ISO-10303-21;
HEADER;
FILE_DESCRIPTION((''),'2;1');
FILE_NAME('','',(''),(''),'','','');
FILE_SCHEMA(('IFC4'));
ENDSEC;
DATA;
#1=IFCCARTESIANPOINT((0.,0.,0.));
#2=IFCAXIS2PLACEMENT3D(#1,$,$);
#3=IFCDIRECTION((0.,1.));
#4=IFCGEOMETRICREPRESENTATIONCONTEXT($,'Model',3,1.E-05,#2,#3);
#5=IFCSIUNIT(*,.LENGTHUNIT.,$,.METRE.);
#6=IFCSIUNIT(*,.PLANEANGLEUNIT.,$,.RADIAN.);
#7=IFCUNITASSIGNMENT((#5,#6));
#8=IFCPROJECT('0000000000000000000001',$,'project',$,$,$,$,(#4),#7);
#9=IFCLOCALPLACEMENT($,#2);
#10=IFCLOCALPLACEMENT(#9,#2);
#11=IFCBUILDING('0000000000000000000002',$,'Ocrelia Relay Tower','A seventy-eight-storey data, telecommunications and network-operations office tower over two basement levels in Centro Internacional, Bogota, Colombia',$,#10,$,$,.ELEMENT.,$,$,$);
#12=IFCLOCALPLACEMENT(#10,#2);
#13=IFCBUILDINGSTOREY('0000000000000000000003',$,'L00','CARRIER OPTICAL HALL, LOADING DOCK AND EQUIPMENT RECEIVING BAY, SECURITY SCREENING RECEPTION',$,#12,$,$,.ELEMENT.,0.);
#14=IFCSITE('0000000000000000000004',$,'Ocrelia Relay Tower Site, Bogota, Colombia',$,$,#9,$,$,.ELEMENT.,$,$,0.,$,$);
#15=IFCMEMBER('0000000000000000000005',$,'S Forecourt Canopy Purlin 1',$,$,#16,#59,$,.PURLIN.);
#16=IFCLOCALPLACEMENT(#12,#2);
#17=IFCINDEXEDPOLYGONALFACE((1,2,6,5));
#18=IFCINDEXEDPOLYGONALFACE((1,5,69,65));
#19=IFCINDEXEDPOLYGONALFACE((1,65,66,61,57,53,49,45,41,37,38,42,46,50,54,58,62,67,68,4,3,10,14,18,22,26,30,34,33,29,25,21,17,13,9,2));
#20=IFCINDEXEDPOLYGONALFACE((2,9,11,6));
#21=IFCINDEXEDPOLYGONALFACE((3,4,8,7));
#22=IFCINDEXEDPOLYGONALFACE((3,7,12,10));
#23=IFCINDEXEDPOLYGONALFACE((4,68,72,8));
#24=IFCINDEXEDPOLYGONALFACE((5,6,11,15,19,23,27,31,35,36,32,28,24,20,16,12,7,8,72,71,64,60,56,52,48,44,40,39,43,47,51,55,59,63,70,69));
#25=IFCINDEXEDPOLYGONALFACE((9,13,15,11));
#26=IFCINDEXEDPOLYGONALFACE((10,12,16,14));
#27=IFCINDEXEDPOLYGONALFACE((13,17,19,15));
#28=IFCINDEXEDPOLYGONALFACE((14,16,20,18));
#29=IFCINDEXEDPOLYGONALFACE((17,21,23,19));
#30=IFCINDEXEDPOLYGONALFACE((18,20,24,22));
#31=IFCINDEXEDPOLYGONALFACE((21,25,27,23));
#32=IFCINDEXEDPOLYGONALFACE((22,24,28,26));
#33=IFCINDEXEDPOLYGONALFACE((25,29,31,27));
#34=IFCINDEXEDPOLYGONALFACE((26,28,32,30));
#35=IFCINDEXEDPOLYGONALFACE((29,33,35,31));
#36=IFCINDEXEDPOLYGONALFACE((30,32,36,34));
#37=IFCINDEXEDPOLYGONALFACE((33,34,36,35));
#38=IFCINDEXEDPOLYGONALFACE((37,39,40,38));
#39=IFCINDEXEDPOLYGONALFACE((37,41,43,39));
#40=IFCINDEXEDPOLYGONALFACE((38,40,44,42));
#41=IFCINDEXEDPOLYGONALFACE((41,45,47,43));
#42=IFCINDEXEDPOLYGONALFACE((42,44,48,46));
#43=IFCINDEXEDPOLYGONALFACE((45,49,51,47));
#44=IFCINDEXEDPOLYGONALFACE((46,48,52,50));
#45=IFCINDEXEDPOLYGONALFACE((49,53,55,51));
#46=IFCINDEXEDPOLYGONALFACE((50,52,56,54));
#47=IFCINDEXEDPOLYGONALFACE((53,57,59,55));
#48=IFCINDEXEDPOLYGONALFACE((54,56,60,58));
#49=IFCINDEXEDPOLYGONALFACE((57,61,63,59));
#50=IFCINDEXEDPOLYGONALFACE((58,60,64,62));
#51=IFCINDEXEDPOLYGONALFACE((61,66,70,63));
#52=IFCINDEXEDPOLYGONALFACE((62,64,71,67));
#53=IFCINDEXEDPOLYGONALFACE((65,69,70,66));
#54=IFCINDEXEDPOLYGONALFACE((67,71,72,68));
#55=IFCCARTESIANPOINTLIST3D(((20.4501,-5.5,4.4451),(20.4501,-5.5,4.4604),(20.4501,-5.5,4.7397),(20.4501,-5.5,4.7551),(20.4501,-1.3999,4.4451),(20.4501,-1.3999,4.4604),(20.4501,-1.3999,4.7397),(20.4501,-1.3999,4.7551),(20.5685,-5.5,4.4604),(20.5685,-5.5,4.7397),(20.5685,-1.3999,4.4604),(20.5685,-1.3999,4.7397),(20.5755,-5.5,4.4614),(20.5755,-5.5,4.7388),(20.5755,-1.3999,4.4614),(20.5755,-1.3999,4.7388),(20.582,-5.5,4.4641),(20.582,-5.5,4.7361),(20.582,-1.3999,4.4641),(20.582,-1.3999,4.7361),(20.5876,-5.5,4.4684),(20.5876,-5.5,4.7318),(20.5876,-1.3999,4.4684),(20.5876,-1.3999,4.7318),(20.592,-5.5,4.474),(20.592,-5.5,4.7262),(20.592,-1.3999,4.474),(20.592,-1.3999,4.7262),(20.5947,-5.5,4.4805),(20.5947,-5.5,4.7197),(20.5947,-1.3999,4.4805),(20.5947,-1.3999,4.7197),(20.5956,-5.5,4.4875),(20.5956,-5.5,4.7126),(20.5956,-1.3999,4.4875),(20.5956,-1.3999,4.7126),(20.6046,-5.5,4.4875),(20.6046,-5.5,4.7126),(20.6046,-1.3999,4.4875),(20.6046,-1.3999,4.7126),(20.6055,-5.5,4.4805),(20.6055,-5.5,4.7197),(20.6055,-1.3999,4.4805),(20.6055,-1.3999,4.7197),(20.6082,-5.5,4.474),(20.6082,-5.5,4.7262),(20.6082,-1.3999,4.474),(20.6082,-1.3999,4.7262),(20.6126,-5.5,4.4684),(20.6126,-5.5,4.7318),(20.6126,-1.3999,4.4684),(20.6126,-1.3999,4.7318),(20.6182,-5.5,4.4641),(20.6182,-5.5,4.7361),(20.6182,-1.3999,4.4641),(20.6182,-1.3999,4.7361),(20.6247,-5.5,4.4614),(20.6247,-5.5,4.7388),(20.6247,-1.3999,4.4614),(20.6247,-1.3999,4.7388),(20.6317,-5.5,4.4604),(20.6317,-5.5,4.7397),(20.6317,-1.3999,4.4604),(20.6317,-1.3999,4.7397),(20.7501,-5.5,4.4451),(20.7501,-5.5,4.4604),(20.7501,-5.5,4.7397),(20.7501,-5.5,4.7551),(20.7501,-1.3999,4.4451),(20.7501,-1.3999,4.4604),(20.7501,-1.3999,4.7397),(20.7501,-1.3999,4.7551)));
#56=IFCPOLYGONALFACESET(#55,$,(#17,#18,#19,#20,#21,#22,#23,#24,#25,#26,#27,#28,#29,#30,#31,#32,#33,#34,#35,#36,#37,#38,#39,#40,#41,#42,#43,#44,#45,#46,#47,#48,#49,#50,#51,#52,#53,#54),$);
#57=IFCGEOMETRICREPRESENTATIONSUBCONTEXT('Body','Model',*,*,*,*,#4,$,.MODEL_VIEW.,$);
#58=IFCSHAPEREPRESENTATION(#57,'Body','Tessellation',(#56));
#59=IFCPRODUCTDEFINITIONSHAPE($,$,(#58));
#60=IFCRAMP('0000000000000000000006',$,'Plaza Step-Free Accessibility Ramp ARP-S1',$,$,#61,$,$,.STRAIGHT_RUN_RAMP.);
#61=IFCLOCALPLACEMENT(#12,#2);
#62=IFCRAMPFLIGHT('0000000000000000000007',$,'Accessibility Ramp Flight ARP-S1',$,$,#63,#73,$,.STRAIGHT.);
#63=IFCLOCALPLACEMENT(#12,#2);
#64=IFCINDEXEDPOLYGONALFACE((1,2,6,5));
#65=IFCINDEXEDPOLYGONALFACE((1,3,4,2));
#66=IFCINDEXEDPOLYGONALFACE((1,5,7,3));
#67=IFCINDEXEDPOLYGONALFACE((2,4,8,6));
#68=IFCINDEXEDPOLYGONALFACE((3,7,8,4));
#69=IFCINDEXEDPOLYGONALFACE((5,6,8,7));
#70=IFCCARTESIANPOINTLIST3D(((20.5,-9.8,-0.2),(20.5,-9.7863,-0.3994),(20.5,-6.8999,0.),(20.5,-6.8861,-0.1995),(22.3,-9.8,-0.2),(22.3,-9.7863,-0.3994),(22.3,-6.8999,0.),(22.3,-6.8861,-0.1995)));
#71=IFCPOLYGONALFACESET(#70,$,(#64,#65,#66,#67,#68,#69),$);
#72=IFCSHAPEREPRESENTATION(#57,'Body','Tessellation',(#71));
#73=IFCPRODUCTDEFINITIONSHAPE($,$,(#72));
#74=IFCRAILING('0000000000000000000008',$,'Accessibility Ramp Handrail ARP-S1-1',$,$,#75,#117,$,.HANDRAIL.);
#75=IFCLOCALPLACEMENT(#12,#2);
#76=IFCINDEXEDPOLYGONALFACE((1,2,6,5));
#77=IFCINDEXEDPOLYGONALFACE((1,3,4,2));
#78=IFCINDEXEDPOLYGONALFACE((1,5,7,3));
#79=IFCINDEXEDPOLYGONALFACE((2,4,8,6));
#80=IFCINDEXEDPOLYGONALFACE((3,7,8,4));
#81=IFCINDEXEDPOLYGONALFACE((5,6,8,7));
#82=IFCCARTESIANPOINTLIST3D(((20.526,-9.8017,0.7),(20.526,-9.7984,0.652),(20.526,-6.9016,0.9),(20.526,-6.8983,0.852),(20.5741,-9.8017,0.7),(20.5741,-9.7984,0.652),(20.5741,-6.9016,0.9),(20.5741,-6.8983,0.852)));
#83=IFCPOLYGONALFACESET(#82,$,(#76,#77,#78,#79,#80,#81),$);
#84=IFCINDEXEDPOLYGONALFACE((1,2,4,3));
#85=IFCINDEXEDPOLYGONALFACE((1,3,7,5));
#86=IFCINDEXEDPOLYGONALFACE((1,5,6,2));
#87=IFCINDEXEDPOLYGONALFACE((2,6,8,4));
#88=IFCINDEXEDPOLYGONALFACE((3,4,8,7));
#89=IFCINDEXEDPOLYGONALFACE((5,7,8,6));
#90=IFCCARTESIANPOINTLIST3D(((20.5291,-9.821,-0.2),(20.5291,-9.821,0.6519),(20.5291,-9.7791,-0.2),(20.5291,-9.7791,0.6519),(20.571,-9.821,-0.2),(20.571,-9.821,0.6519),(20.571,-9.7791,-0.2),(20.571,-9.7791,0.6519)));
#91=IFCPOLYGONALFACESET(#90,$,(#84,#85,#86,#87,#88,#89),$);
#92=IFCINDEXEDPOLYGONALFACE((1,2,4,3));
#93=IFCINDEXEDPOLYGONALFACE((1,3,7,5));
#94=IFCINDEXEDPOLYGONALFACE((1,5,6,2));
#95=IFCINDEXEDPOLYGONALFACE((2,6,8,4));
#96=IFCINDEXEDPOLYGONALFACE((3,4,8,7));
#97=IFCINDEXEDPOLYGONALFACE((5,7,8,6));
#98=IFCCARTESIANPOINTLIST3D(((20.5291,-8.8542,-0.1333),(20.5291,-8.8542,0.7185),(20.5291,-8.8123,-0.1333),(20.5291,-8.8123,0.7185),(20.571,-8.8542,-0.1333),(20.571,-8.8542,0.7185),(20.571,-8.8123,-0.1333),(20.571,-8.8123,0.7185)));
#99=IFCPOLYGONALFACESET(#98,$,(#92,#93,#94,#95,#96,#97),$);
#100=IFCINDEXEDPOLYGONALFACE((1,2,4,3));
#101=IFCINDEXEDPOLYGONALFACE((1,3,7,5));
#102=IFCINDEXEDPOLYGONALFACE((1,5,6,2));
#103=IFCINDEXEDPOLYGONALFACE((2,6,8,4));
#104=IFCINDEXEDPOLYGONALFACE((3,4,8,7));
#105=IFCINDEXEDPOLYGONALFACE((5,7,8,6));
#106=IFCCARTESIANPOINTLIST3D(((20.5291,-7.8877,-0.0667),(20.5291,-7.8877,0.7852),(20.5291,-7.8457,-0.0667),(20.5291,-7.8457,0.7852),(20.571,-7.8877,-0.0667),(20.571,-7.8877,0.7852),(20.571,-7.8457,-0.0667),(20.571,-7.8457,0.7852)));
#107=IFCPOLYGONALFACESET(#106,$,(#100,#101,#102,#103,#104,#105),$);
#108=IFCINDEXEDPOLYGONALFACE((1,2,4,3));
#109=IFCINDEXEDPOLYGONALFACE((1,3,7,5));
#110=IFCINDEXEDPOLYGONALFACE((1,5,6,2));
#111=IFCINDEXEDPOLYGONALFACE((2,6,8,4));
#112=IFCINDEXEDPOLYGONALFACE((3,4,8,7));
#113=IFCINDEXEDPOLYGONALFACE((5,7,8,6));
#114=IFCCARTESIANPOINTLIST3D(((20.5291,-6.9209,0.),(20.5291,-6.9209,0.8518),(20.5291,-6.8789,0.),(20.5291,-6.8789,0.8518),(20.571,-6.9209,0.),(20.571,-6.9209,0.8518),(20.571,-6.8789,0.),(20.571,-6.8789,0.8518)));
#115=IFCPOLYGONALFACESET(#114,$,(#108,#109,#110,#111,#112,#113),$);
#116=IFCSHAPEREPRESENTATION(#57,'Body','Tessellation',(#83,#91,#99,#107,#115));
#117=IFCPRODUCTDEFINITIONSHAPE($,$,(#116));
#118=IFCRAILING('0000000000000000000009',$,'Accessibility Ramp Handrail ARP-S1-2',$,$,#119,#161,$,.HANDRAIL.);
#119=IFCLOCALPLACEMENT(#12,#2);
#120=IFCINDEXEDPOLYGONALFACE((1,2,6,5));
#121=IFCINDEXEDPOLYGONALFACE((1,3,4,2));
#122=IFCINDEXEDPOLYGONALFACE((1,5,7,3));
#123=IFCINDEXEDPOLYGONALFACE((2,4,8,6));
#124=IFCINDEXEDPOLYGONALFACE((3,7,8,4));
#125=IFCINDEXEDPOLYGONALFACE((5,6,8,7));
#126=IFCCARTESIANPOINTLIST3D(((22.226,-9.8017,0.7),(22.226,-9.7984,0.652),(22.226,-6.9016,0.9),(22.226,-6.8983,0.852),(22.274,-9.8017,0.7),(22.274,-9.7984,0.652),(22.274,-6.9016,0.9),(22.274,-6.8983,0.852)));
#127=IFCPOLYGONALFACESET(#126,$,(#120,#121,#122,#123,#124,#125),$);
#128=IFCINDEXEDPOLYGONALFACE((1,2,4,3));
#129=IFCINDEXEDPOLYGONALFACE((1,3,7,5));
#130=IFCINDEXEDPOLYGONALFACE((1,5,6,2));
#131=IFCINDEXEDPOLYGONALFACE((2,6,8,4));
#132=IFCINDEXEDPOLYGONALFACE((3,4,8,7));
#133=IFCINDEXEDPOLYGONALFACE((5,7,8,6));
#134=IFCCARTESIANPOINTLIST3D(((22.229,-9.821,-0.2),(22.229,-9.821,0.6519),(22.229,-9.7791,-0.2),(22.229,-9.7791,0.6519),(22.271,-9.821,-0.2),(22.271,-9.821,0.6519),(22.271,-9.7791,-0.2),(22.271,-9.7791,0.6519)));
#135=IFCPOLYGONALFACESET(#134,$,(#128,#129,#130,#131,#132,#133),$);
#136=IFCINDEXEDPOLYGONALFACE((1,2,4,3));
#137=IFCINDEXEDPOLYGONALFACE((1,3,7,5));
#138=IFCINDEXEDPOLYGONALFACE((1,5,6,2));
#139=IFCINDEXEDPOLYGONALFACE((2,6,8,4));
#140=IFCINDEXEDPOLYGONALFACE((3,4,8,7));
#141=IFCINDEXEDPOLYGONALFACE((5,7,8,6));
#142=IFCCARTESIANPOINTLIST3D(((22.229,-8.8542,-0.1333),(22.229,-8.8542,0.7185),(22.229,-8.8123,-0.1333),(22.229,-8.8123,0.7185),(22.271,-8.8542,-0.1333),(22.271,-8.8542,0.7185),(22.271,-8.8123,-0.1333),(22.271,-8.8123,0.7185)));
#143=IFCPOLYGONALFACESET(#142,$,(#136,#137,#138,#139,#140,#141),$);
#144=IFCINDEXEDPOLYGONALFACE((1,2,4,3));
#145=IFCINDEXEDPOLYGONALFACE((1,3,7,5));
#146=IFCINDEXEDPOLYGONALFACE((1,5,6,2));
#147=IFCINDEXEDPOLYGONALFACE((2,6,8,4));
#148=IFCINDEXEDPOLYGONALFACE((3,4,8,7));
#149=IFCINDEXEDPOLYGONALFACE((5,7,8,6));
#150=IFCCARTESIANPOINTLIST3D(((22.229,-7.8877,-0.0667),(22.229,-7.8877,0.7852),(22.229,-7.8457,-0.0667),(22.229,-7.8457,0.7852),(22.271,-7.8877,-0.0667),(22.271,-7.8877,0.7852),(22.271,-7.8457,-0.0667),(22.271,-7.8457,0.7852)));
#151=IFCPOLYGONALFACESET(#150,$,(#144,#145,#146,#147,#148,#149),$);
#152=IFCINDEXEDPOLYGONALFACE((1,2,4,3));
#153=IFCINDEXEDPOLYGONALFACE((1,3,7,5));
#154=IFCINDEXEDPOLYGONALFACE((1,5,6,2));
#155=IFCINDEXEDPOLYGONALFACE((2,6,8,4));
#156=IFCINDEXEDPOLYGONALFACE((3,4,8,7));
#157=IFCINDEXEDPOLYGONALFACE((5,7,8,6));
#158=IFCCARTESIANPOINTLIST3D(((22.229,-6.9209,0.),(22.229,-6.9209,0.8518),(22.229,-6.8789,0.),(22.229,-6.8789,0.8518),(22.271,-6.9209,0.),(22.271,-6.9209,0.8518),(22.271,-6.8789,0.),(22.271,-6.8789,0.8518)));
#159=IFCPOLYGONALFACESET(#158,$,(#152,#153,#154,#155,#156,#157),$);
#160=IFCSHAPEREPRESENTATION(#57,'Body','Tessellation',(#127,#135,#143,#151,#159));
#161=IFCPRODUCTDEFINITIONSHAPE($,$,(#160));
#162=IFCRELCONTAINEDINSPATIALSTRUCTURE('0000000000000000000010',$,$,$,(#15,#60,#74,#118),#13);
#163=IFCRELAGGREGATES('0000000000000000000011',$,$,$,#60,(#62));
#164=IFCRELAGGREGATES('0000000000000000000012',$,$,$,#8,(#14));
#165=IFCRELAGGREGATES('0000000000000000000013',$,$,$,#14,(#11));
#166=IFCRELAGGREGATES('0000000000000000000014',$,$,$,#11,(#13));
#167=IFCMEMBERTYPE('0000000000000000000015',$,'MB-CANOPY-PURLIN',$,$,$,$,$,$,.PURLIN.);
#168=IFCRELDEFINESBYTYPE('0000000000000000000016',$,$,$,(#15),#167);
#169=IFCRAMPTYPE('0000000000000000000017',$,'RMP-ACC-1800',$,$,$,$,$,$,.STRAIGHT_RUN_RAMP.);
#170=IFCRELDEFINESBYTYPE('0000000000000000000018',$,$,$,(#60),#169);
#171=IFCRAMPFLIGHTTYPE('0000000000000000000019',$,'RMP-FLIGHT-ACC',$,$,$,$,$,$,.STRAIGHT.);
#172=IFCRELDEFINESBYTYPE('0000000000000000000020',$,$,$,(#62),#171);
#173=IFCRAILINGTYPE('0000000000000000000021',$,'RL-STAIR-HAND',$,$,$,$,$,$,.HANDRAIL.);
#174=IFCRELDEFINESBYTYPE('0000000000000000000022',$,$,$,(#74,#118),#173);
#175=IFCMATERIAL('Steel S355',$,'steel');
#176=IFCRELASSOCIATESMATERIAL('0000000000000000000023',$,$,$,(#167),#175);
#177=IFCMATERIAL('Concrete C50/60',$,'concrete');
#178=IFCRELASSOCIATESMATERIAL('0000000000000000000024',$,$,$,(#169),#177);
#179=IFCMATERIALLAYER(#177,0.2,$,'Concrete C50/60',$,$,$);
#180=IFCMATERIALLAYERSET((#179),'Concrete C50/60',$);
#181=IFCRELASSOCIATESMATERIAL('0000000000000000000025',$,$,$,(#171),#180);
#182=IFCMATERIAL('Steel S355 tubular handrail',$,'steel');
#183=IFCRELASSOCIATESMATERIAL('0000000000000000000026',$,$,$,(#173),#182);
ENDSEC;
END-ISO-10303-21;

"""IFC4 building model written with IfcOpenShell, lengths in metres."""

from ifc_helpers import new_model, si_unit, direction, frame, origin, origin_2d, place, context, subcontext, project, spatial, polyline, rectangle, i_section, outline, extrude, material, layer, layer_set, material_profile, profile_set, type_object, element, aggregate, save


model = new_model("IFC4")

# Units and contexts
model_context = context("Model", 3, precision=1e-05, world=origin(), true_north=direction((0.0, 1.0)))
body_context = subcontext(model_context, "Body", "Model", "MODEL_VIEW")
ifc_project = project(units=[si_unit("LENGTHUNIT", "METRE"), si_unit("PLANEANGLEUNIT", "RADIAN")], contexts=[model_context])

# Site, building, storey
site_placement = place(None, origin())
site = spatial("IfcSite", under=ifc_project, at=site_placement, Name="Ocrelia Relay Tower Site, Bogota, Colombia", CompositionType="ELEMENT", RefElevation=0.0)
building_placement = place(site_placement, origin())
building = spatial("IfcBuilding", under=site, at=building_placement, Name="Ocrelia Relay Tower", Description="A seventy-eight-storey data, telecommunications and network-operations office tower over two basement levels in Centro Internacional, Bogota, Colombia", CompositionType="ELEMENT")
storey_placement = place(building_placement, origin())
storey = spatial("IfcBuildingStorey", under=building, at=storey_placement, Name="L00", Description="CARRIER OPTICAL HALL, LOADING DOCK AND EQUIPMENT RECEIVING BAY, SECURITY SCREENING RECEPTION", CompositionType="ELEMENT", Elevation=0.0)

# Shared definitions
ifc_material_1 = material(Name="Concrete C50/60", Category="concrete")

# Shared definitions
ifc_material_2 = material(Name="Steel S355", Category="steel")

# Member
ifc_material_profile_1 = material_profile(ifc_material_2, i_section(OverallWidth=0.3, OverallDepth=0.3101, WebThickness=0.009, FlangeThickness=0.0154, FilletRadius=0.0271, at=origin_2d()), Name="HEA 320")
ifc_profile_set_1 = profile_set([ifc_material_profile_1], Name="Steel S355")
member_type = type_object("IfcMemberType", Name="MB-CANOPY-PURLIN", PredefinedType="PURLIN", material=ifc_profile_set_1)
member_placement = place(storey_placement, frame((20.6001, -5.5, 4.6001), z_axis=(0.0, 1.0, 0.0), x_axis=(-1.0, 0.0, 0.0)))
element("IfcMember", 1, at=member_placement, inside=storey, type_object=member_type, Name="S Forecourt Canopy Purlin 1", PredefinedType="PURLIN", context=body_context, shape_type="SweptSolid", body=[
    extrude(i_section(OverallWidth=0.3, OverallDepth=0.3101, WebThickness=0.009, FlangeThickness=0.0154, FilletRadius=0.0271, at=origin_2d()), origin(), (0.0, 0.0, 1.0), 4.1001),
])

# Ramp, ramp flight
ramp_type = type_object("IfcRampType", Name="RMP-ACC-1800", PredefinedType="STRAIGHT_RUN_RAMP", material=ifc_material_1)
ramp_placement = place(storey_placement, origin())
ramp = element("IfcRamp", 2, at=ramp_placement, inside=storey, type_object=ramp_type, Name="Plaza Step-Free Accessibility Ramp ARP-S1", PredefinedType="STRAIGHT_RUN_RAMP")
ifc_layer_1 = layer(ifc_material_1, 0.2, Name="Concrete C50/60")
ifc_layer_set_1 = layer_set([ifc_layer_1], Name="Concrete C50/60")
ramp_flight_type = type_object("IfcRampFlightType", Name="RMP-FLIGHT-ACC", PredefinedType="STRAIGHT", material=ifc_layer_set_1)
ramp_flight_placement = place(storey_placement, frame((20.5, -9.8, -0.2), z_axis=(0.0, -0.068782, 0.997632), x_axis=(1.0, 0.0, 0.0)))
ramp_flight = element("IfcRampFlight", 3, at=ramp_flight_placement, type_object=ramp_flight_type, Name="Accessibility Ramp Flight ARP-S1", PredefinedType="STRAIGHT", context=body_context, shape_type="SweptSolid", body=[
    extrude(outline(polyline([(0.0, 0.0), (1.8, 0.0), (1.8, 2.907), (0.0, 2.907), (0.0, 0.0)])), origin(), (0.0, 0.0, -1.0), 0.2),
])
aggregate(ramp, [ramp_flight])

# Railings
ifc_material_3 = material(Name="Steel S355 tubular handrail", Category="steel")
railing_type = type_object("IfcRailingType", Name="RL-STAIR-HAND", PredefinedType="HANDRAIL", material=ifc_material_3)
for number, where, name in (
    (4, (20.55, -9.8, -0.2), "Accessibility Ramp Handrail ARP-S1-1"),
    (5, (22.25, -9.8, -0.2), "Accessibility Ramp Handrail ARP-S1-2"),
):
    element("IfcRailing", number, at=place(storey_placement, frame(where)), inside=storey, type_object=railing_type, Name=name, PredefinedType="HANDRAIL", context=body_context, shape_type="SweptSolid", body=[
        extrude(rectangle(XDim=0.0481, YDim=0.0481, at=origin_2d()), frame((0.0, 0.0, 0.876), z_axis=(0.0, 0.997632, 0.068782), x_axis=(-1.0, 0.0, 0.0)), (0.0, 0.0, 1.0), 2.907),
        extrude(rectangle(XDim=0.042, YDim=0.042, at=origin_2d()), origin(), (0.0, 0.0, 1.0), 0.8518),
        extrude(rectangle(XDim=0.042, YDim=0.042, at=origin_2d()), frame((0.0, 0.9668, 0.0667)), (0.0, 0.0, 1.0), 0.8518),
        extrude(rectangle(XDim=0.042, YDim=0.042, at=origin_2d()), frame((0.0, 1.9333, 0.1333)), (0.0, 0.0, 1.0), 0.8518),
        extrude(rectangle(XDim=0.042, YDim=0.042, at=origin_2d()), frame((0.0, 2.9001, 0.2)), (0.0, 0.0, 1.0), 0.8518),
    ])

save(model, "model.ifc")
